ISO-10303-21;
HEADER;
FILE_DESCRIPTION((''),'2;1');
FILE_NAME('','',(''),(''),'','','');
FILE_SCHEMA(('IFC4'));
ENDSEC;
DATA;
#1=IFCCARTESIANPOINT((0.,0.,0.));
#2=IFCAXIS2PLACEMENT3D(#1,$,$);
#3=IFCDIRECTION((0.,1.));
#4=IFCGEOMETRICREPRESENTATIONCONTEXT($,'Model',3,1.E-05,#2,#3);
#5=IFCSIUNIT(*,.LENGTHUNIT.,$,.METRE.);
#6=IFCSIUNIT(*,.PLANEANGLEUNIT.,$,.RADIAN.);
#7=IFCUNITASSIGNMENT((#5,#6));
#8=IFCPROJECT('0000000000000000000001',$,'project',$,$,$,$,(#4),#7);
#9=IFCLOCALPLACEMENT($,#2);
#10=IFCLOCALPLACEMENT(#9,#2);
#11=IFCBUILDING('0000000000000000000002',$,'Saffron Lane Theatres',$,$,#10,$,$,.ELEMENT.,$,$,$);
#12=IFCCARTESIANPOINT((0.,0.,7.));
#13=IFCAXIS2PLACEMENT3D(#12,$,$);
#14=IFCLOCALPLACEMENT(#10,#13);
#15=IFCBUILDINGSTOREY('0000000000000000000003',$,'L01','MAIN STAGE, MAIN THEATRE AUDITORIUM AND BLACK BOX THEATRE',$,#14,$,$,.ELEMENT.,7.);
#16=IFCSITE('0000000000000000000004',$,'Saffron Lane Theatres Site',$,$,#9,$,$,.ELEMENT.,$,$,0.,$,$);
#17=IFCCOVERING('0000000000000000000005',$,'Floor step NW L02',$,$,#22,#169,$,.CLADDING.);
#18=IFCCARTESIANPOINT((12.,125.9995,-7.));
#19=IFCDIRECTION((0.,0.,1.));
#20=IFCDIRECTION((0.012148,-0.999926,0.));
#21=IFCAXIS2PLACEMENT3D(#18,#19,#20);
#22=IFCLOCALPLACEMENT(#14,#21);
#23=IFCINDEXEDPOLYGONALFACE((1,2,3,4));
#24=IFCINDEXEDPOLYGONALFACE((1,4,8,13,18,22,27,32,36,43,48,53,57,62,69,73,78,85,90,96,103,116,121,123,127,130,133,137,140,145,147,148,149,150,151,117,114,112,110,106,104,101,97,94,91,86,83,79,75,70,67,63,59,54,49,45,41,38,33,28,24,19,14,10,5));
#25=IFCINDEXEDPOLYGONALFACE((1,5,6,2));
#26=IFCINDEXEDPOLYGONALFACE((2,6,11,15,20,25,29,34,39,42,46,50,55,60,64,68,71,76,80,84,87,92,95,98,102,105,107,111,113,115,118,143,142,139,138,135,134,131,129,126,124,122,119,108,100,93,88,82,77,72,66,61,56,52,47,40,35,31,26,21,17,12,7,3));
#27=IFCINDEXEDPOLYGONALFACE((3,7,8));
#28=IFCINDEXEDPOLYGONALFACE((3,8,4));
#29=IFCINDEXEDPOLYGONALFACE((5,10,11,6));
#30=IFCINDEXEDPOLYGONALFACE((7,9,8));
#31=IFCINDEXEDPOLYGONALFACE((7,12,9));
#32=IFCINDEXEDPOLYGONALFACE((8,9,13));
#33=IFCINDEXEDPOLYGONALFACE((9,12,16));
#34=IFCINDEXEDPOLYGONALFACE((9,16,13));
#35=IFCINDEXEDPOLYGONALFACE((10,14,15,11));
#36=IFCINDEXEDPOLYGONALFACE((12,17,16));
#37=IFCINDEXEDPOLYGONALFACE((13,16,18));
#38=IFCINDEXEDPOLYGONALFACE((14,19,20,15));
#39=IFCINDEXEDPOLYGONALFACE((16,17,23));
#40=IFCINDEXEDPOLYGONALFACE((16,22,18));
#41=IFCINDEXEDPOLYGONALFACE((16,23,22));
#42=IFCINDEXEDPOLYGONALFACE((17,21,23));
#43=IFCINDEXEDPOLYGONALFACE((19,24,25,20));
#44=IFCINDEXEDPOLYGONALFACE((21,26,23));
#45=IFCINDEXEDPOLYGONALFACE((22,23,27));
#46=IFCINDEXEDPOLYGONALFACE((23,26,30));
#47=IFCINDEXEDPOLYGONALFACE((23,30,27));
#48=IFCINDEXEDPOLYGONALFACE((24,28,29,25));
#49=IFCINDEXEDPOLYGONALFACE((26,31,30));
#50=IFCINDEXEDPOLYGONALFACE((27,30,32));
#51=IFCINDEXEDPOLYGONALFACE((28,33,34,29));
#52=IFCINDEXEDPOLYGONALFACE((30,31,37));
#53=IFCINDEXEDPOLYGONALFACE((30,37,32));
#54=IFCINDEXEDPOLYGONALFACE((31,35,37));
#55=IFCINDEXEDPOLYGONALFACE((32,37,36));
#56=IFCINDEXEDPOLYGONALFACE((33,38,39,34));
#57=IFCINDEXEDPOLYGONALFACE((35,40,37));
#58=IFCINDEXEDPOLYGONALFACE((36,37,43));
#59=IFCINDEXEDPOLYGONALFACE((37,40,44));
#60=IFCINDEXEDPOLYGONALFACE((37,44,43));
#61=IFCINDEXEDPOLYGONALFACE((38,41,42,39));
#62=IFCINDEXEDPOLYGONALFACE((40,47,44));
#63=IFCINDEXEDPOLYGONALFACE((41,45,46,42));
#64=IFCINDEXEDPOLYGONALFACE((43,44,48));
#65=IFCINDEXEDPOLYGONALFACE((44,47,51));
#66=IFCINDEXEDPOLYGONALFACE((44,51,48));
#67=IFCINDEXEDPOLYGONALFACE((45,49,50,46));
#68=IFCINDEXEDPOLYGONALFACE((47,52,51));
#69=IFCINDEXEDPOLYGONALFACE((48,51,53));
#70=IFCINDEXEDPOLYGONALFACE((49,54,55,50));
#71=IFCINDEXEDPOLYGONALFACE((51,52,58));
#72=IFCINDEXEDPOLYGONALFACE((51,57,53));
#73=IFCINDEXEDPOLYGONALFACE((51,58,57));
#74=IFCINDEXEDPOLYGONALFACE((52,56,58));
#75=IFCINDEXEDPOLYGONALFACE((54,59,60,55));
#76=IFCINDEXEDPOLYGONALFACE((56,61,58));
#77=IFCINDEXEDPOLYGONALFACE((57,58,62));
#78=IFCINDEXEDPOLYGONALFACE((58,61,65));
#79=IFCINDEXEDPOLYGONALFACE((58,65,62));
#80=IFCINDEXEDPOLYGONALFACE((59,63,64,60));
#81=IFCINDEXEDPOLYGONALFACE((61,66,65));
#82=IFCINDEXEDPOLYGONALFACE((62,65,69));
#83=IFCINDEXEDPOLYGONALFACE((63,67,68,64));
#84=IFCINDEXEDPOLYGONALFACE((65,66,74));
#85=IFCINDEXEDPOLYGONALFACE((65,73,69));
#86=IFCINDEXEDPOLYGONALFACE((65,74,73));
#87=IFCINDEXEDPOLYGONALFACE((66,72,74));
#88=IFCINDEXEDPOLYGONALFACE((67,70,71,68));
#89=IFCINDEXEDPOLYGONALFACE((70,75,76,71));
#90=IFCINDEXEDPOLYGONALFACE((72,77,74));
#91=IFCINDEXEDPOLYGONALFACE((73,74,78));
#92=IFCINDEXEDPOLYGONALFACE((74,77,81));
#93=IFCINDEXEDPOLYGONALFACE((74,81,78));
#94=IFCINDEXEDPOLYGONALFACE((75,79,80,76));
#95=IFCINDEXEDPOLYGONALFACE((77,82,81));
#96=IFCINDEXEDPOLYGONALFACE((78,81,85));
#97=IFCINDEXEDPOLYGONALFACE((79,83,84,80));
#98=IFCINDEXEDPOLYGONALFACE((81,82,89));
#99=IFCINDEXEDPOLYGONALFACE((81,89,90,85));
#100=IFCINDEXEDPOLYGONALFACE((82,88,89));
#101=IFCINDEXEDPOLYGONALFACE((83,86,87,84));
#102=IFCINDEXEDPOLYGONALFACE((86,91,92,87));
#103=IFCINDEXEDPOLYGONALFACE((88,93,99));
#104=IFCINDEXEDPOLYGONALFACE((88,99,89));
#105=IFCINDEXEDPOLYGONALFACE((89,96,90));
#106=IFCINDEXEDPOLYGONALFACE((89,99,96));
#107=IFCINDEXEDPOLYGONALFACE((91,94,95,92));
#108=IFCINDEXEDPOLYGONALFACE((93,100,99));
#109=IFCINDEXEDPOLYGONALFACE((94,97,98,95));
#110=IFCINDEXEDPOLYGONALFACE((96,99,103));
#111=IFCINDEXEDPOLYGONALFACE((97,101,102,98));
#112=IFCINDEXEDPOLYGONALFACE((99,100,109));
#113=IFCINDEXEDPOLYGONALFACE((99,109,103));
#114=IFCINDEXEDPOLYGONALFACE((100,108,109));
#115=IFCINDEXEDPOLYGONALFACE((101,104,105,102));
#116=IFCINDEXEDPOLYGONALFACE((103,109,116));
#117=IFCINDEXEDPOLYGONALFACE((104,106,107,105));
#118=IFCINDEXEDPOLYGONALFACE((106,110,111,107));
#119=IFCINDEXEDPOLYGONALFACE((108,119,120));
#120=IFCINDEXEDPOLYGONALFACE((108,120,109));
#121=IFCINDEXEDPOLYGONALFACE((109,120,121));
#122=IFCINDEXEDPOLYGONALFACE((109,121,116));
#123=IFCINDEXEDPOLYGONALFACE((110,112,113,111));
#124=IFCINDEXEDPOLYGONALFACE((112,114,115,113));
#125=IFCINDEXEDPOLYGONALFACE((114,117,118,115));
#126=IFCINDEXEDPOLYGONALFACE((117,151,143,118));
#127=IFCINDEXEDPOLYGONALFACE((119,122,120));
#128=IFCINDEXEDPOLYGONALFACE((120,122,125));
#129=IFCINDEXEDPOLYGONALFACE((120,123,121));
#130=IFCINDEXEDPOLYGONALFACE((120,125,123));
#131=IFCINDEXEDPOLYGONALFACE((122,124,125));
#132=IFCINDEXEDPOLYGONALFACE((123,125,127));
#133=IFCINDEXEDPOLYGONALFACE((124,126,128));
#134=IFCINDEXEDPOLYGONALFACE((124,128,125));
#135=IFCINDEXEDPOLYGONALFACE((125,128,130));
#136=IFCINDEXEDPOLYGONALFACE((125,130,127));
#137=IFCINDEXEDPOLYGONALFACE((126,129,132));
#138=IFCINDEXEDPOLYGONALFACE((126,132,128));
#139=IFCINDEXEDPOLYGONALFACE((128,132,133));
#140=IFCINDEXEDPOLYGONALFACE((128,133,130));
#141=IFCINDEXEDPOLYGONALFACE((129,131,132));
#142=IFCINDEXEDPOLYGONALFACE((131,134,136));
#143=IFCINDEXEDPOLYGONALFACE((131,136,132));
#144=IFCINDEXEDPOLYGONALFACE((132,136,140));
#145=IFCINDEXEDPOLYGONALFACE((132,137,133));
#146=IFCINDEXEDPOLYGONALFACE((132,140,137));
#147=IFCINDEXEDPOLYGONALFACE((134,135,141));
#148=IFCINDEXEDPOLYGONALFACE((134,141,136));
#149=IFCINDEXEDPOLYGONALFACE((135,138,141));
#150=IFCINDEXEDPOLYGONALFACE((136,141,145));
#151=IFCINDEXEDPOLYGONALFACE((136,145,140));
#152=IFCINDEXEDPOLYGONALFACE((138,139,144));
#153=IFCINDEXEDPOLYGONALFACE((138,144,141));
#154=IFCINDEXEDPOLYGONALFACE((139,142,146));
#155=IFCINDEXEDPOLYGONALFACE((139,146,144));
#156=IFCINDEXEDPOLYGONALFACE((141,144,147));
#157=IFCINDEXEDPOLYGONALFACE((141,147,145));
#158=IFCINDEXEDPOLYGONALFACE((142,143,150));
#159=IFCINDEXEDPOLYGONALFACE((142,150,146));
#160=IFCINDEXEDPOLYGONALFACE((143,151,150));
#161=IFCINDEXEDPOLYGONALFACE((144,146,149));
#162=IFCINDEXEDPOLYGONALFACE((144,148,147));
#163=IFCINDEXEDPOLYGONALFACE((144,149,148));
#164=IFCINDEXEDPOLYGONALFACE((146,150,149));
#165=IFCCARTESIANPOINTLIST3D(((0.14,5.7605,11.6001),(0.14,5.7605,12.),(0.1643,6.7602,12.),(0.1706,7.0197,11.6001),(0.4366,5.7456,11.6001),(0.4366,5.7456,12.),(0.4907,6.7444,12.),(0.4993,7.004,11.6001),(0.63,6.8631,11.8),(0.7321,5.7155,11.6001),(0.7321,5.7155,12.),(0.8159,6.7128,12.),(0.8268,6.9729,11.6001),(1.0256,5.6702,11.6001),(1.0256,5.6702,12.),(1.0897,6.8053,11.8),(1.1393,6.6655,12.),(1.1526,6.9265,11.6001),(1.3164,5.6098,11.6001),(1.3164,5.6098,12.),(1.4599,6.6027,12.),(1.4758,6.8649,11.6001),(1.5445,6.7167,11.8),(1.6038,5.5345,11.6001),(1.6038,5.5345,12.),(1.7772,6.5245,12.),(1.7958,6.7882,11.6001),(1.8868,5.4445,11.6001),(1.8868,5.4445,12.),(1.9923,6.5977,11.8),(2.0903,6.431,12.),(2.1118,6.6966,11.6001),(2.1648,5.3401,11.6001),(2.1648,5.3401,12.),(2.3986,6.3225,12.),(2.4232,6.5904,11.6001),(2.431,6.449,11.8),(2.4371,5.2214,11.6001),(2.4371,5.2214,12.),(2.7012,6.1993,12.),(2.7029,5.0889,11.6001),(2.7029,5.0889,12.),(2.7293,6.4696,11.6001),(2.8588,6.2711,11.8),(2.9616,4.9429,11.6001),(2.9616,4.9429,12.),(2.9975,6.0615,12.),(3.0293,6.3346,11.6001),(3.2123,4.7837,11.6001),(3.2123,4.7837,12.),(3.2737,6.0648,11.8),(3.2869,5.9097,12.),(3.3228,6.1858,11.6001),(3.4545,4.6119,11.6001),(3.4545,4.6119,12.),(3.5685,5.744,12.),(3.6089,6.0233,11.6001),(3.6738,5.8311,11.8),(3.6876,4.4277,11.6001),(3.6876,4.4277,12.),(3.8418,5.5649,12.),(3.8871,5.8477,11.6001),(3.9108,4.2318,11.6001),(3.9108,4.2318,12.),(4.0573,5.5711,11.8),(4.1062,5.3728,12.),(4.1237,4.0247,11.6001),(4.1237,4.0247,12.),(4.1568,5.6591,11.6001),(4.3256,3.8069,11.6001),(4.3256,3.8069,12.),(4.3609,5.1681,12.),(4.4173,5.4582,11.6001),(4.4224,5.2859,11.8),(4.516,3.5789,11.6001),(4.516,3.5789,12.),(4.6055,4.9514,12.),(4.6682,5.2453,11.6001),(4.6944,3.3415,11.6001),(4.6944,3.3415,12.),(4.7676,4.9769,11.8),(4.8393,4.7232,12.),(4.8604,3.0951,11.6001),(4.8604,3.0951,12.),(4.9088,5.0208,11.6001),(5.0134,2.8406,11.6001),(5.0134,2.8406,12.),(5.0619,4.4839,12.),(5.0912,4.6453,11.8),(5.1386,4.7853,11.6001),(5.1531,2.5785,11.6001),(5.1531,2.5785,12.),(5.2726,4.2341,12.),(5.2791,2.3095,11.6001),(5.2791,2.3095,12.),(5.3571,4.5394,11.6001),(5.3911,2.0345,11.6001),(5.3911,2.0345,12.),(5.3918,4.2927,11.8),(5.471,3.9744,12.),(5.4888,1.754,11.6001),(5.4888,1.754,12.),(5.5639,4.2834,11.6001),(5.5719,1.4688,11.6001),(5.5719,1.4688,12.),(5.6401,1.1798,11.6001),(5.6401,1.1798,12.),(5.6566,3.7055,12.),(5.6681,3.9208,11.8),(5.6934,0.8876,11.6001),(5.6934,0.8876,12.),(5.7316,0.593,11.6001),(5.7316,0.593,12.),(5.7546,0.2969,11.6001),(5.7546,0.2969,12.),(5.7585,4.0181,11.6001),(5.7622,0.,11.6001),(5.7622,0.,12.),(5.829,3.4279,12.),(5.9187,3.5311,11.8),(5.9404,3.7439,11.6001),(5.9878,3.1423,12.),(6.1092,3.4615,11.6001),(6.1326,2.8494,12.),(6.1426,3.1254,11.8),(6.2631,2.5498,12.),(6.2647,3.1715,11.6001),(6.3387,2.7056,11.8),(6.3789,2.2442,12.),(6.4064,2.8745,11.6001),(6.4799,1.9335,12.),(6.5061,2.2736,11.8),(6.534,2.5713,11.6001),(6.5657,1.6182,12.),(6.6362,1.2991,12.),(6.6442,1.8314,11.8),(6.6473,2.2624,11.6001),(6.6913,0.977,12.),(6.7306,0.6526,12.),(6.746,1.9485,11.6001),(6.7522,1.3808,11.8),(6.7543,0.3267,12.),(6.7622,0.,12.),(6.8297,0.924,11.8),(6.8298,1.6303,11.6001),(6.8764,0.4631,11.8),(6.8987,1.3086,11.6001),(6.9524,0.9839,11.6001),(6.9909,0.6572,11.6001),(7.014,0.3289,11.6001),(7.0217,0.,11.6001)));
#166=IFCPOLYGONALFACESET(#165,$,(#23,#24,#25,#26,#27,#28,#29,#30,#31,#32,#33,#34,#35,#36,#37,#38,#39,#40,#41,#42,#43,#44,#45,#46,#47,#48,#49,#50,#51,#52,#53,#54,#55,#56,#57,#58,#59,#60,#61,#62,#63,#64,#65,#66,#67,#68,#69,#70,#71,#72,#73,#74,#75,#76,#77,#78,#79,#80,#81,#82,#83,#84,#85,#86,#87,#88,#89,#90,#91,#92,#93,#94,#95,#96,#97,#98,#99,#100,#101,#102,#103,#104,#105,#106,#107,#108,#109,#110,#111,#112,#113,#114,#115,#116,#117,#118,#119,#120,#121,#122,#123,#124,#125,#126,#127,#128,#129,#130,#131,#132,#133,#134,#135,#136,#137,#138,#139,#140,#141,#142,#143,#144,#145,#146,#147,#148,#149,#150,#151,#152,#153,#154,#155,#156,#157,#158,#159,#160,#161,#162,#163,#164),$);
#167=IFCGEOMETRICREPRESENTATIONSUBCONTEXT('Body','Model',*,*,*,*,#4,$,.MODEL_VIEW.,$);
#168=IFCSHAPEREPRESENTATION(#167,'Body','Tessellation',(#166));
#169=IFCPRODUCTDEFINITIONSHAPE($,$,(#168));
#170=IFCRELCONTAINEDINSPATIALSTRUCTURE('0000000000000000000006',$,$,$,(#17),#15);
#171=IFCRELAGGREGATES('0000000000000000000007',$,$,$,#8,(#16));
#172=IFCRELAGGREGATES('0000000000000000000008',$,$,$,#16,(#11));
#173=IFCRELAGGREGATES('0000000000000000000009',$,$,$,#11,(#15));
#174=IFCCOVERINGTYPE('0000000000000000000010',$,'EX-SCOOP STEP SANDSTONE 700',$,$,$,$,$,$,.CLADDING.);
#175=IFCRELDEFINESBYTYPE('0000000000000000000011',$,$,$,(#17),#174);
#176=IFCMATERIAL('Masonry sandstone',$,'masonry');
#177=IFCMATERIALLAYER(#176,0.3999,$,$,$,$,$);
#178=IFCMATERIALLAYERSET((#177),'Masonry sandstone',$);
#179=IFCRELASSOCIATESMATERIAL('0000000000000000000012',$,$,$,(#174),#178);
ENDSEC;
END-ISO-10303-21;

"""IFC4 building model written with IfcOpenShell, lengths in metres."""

from ifc_helpers import new_model, entity, si_unit, direction, frame, origin, place, context, subcontext, project, spatial, material, layer, layer_set, type_object, element, save


model = new_model("IFC4")

# Units and contexts
model_context = context("Model", 3, precision=1e-05, world=origin(), true_north=direction((0.0, 1.0)))
body_context = subcontext(model_context, "Body", "Model", "MODEL_VIEW")
ifc_project = project(units=[si_unit("LENGTHUNIT", "METRE"), si_unit("PLANEANGLEUNIT", "RADIAN")], contexts=[model_context])

# Site, building, storey
site_placement = place(None, origin())
site = spatial("IfcSite", under=ifc_project, at=site_placement, Name="Saffron Lane Theatres Site", CompositionType="ELEMENT", RefElevation=0.0)
building_placement = place(site_placement, origin())
building = spatial("IfcBuilding", under=site, at=building_placement, Name="Saffron Lane Theatres", CompositionType="ELEMENT")
storey_placement = place(building_placement, frame((0.0, 0.0, 7.0)))
storey = spatial("IfcBuildingStorey", under=building, at=storey_placement, Name="L01", Description="MAIN STAGE, MAIN THEATRE AUDITORIUM AND BLACK BOX THEATRE", CompositionType="ELEMENT", Elevation=7.0)

# Covering
ifc_material_1 = material(Name="Masonry sandstone", Category="masonry")
ifc_layer_1 = layer(ifc_material_1, 0.3999)
ifc_layer_set_1 = layer_set([ifc_layer_1], Name="Masonry sandstone")
covering_type_1 = type_object("IfcCoveringType", Name="EX-SCOOP STEP SANDSTONE 700", PredefinedType="CLADDING", material=ifc_layer_set_1)
covering_1_placement = place(storey_placement, frame((12.0, 125.9995, -7.0), z_axis=(0.0, 0.0, 1.0), x_axis=(0.012148, -0.999926, 0.0)))
cartesian_point_1 = entity("IfcCartesianPoint", [5.7622, 11.6001])
cartesian_point_2 = entity("IfcCartesianPoint", [0.0, 0.0, 0.0])
element("IfcCovering", 1, at=covering_1_placement, inside=storey, type_object=covering_type_1, Name="Floor step NW L02", PredefinedType="CLADDING", context=body_context, shape_type="SweptSolid", body=[
    entity("IfcRevolvedAreaSolid", entity("IfcArbitraryClosedProfileDef", "AREA", None, entity("IfcPolyline", [cartesian_point_1, entity("IfcCartesianPoint", [7.0217, 11.6001]), entity("IfcCartesianPoint", [6.7622, 12.0]), entity("IfcCartesianPoint", [5.7622, 12.0]), cartesian_point_1])), entity("IfcAxis2Placement3D", cartesian_point_2, entity("IfcDirection", [0.0, -1.0, 0.0]), entity("IfcDirection", [1.0, 0.0, 0.0])), entity("IfcAxis1Placement", cartesian_point_2, entity("IfcDirection", [0.0, 1.0, 0.0])), 1.546499),
])

save(model, "model.ifc")
